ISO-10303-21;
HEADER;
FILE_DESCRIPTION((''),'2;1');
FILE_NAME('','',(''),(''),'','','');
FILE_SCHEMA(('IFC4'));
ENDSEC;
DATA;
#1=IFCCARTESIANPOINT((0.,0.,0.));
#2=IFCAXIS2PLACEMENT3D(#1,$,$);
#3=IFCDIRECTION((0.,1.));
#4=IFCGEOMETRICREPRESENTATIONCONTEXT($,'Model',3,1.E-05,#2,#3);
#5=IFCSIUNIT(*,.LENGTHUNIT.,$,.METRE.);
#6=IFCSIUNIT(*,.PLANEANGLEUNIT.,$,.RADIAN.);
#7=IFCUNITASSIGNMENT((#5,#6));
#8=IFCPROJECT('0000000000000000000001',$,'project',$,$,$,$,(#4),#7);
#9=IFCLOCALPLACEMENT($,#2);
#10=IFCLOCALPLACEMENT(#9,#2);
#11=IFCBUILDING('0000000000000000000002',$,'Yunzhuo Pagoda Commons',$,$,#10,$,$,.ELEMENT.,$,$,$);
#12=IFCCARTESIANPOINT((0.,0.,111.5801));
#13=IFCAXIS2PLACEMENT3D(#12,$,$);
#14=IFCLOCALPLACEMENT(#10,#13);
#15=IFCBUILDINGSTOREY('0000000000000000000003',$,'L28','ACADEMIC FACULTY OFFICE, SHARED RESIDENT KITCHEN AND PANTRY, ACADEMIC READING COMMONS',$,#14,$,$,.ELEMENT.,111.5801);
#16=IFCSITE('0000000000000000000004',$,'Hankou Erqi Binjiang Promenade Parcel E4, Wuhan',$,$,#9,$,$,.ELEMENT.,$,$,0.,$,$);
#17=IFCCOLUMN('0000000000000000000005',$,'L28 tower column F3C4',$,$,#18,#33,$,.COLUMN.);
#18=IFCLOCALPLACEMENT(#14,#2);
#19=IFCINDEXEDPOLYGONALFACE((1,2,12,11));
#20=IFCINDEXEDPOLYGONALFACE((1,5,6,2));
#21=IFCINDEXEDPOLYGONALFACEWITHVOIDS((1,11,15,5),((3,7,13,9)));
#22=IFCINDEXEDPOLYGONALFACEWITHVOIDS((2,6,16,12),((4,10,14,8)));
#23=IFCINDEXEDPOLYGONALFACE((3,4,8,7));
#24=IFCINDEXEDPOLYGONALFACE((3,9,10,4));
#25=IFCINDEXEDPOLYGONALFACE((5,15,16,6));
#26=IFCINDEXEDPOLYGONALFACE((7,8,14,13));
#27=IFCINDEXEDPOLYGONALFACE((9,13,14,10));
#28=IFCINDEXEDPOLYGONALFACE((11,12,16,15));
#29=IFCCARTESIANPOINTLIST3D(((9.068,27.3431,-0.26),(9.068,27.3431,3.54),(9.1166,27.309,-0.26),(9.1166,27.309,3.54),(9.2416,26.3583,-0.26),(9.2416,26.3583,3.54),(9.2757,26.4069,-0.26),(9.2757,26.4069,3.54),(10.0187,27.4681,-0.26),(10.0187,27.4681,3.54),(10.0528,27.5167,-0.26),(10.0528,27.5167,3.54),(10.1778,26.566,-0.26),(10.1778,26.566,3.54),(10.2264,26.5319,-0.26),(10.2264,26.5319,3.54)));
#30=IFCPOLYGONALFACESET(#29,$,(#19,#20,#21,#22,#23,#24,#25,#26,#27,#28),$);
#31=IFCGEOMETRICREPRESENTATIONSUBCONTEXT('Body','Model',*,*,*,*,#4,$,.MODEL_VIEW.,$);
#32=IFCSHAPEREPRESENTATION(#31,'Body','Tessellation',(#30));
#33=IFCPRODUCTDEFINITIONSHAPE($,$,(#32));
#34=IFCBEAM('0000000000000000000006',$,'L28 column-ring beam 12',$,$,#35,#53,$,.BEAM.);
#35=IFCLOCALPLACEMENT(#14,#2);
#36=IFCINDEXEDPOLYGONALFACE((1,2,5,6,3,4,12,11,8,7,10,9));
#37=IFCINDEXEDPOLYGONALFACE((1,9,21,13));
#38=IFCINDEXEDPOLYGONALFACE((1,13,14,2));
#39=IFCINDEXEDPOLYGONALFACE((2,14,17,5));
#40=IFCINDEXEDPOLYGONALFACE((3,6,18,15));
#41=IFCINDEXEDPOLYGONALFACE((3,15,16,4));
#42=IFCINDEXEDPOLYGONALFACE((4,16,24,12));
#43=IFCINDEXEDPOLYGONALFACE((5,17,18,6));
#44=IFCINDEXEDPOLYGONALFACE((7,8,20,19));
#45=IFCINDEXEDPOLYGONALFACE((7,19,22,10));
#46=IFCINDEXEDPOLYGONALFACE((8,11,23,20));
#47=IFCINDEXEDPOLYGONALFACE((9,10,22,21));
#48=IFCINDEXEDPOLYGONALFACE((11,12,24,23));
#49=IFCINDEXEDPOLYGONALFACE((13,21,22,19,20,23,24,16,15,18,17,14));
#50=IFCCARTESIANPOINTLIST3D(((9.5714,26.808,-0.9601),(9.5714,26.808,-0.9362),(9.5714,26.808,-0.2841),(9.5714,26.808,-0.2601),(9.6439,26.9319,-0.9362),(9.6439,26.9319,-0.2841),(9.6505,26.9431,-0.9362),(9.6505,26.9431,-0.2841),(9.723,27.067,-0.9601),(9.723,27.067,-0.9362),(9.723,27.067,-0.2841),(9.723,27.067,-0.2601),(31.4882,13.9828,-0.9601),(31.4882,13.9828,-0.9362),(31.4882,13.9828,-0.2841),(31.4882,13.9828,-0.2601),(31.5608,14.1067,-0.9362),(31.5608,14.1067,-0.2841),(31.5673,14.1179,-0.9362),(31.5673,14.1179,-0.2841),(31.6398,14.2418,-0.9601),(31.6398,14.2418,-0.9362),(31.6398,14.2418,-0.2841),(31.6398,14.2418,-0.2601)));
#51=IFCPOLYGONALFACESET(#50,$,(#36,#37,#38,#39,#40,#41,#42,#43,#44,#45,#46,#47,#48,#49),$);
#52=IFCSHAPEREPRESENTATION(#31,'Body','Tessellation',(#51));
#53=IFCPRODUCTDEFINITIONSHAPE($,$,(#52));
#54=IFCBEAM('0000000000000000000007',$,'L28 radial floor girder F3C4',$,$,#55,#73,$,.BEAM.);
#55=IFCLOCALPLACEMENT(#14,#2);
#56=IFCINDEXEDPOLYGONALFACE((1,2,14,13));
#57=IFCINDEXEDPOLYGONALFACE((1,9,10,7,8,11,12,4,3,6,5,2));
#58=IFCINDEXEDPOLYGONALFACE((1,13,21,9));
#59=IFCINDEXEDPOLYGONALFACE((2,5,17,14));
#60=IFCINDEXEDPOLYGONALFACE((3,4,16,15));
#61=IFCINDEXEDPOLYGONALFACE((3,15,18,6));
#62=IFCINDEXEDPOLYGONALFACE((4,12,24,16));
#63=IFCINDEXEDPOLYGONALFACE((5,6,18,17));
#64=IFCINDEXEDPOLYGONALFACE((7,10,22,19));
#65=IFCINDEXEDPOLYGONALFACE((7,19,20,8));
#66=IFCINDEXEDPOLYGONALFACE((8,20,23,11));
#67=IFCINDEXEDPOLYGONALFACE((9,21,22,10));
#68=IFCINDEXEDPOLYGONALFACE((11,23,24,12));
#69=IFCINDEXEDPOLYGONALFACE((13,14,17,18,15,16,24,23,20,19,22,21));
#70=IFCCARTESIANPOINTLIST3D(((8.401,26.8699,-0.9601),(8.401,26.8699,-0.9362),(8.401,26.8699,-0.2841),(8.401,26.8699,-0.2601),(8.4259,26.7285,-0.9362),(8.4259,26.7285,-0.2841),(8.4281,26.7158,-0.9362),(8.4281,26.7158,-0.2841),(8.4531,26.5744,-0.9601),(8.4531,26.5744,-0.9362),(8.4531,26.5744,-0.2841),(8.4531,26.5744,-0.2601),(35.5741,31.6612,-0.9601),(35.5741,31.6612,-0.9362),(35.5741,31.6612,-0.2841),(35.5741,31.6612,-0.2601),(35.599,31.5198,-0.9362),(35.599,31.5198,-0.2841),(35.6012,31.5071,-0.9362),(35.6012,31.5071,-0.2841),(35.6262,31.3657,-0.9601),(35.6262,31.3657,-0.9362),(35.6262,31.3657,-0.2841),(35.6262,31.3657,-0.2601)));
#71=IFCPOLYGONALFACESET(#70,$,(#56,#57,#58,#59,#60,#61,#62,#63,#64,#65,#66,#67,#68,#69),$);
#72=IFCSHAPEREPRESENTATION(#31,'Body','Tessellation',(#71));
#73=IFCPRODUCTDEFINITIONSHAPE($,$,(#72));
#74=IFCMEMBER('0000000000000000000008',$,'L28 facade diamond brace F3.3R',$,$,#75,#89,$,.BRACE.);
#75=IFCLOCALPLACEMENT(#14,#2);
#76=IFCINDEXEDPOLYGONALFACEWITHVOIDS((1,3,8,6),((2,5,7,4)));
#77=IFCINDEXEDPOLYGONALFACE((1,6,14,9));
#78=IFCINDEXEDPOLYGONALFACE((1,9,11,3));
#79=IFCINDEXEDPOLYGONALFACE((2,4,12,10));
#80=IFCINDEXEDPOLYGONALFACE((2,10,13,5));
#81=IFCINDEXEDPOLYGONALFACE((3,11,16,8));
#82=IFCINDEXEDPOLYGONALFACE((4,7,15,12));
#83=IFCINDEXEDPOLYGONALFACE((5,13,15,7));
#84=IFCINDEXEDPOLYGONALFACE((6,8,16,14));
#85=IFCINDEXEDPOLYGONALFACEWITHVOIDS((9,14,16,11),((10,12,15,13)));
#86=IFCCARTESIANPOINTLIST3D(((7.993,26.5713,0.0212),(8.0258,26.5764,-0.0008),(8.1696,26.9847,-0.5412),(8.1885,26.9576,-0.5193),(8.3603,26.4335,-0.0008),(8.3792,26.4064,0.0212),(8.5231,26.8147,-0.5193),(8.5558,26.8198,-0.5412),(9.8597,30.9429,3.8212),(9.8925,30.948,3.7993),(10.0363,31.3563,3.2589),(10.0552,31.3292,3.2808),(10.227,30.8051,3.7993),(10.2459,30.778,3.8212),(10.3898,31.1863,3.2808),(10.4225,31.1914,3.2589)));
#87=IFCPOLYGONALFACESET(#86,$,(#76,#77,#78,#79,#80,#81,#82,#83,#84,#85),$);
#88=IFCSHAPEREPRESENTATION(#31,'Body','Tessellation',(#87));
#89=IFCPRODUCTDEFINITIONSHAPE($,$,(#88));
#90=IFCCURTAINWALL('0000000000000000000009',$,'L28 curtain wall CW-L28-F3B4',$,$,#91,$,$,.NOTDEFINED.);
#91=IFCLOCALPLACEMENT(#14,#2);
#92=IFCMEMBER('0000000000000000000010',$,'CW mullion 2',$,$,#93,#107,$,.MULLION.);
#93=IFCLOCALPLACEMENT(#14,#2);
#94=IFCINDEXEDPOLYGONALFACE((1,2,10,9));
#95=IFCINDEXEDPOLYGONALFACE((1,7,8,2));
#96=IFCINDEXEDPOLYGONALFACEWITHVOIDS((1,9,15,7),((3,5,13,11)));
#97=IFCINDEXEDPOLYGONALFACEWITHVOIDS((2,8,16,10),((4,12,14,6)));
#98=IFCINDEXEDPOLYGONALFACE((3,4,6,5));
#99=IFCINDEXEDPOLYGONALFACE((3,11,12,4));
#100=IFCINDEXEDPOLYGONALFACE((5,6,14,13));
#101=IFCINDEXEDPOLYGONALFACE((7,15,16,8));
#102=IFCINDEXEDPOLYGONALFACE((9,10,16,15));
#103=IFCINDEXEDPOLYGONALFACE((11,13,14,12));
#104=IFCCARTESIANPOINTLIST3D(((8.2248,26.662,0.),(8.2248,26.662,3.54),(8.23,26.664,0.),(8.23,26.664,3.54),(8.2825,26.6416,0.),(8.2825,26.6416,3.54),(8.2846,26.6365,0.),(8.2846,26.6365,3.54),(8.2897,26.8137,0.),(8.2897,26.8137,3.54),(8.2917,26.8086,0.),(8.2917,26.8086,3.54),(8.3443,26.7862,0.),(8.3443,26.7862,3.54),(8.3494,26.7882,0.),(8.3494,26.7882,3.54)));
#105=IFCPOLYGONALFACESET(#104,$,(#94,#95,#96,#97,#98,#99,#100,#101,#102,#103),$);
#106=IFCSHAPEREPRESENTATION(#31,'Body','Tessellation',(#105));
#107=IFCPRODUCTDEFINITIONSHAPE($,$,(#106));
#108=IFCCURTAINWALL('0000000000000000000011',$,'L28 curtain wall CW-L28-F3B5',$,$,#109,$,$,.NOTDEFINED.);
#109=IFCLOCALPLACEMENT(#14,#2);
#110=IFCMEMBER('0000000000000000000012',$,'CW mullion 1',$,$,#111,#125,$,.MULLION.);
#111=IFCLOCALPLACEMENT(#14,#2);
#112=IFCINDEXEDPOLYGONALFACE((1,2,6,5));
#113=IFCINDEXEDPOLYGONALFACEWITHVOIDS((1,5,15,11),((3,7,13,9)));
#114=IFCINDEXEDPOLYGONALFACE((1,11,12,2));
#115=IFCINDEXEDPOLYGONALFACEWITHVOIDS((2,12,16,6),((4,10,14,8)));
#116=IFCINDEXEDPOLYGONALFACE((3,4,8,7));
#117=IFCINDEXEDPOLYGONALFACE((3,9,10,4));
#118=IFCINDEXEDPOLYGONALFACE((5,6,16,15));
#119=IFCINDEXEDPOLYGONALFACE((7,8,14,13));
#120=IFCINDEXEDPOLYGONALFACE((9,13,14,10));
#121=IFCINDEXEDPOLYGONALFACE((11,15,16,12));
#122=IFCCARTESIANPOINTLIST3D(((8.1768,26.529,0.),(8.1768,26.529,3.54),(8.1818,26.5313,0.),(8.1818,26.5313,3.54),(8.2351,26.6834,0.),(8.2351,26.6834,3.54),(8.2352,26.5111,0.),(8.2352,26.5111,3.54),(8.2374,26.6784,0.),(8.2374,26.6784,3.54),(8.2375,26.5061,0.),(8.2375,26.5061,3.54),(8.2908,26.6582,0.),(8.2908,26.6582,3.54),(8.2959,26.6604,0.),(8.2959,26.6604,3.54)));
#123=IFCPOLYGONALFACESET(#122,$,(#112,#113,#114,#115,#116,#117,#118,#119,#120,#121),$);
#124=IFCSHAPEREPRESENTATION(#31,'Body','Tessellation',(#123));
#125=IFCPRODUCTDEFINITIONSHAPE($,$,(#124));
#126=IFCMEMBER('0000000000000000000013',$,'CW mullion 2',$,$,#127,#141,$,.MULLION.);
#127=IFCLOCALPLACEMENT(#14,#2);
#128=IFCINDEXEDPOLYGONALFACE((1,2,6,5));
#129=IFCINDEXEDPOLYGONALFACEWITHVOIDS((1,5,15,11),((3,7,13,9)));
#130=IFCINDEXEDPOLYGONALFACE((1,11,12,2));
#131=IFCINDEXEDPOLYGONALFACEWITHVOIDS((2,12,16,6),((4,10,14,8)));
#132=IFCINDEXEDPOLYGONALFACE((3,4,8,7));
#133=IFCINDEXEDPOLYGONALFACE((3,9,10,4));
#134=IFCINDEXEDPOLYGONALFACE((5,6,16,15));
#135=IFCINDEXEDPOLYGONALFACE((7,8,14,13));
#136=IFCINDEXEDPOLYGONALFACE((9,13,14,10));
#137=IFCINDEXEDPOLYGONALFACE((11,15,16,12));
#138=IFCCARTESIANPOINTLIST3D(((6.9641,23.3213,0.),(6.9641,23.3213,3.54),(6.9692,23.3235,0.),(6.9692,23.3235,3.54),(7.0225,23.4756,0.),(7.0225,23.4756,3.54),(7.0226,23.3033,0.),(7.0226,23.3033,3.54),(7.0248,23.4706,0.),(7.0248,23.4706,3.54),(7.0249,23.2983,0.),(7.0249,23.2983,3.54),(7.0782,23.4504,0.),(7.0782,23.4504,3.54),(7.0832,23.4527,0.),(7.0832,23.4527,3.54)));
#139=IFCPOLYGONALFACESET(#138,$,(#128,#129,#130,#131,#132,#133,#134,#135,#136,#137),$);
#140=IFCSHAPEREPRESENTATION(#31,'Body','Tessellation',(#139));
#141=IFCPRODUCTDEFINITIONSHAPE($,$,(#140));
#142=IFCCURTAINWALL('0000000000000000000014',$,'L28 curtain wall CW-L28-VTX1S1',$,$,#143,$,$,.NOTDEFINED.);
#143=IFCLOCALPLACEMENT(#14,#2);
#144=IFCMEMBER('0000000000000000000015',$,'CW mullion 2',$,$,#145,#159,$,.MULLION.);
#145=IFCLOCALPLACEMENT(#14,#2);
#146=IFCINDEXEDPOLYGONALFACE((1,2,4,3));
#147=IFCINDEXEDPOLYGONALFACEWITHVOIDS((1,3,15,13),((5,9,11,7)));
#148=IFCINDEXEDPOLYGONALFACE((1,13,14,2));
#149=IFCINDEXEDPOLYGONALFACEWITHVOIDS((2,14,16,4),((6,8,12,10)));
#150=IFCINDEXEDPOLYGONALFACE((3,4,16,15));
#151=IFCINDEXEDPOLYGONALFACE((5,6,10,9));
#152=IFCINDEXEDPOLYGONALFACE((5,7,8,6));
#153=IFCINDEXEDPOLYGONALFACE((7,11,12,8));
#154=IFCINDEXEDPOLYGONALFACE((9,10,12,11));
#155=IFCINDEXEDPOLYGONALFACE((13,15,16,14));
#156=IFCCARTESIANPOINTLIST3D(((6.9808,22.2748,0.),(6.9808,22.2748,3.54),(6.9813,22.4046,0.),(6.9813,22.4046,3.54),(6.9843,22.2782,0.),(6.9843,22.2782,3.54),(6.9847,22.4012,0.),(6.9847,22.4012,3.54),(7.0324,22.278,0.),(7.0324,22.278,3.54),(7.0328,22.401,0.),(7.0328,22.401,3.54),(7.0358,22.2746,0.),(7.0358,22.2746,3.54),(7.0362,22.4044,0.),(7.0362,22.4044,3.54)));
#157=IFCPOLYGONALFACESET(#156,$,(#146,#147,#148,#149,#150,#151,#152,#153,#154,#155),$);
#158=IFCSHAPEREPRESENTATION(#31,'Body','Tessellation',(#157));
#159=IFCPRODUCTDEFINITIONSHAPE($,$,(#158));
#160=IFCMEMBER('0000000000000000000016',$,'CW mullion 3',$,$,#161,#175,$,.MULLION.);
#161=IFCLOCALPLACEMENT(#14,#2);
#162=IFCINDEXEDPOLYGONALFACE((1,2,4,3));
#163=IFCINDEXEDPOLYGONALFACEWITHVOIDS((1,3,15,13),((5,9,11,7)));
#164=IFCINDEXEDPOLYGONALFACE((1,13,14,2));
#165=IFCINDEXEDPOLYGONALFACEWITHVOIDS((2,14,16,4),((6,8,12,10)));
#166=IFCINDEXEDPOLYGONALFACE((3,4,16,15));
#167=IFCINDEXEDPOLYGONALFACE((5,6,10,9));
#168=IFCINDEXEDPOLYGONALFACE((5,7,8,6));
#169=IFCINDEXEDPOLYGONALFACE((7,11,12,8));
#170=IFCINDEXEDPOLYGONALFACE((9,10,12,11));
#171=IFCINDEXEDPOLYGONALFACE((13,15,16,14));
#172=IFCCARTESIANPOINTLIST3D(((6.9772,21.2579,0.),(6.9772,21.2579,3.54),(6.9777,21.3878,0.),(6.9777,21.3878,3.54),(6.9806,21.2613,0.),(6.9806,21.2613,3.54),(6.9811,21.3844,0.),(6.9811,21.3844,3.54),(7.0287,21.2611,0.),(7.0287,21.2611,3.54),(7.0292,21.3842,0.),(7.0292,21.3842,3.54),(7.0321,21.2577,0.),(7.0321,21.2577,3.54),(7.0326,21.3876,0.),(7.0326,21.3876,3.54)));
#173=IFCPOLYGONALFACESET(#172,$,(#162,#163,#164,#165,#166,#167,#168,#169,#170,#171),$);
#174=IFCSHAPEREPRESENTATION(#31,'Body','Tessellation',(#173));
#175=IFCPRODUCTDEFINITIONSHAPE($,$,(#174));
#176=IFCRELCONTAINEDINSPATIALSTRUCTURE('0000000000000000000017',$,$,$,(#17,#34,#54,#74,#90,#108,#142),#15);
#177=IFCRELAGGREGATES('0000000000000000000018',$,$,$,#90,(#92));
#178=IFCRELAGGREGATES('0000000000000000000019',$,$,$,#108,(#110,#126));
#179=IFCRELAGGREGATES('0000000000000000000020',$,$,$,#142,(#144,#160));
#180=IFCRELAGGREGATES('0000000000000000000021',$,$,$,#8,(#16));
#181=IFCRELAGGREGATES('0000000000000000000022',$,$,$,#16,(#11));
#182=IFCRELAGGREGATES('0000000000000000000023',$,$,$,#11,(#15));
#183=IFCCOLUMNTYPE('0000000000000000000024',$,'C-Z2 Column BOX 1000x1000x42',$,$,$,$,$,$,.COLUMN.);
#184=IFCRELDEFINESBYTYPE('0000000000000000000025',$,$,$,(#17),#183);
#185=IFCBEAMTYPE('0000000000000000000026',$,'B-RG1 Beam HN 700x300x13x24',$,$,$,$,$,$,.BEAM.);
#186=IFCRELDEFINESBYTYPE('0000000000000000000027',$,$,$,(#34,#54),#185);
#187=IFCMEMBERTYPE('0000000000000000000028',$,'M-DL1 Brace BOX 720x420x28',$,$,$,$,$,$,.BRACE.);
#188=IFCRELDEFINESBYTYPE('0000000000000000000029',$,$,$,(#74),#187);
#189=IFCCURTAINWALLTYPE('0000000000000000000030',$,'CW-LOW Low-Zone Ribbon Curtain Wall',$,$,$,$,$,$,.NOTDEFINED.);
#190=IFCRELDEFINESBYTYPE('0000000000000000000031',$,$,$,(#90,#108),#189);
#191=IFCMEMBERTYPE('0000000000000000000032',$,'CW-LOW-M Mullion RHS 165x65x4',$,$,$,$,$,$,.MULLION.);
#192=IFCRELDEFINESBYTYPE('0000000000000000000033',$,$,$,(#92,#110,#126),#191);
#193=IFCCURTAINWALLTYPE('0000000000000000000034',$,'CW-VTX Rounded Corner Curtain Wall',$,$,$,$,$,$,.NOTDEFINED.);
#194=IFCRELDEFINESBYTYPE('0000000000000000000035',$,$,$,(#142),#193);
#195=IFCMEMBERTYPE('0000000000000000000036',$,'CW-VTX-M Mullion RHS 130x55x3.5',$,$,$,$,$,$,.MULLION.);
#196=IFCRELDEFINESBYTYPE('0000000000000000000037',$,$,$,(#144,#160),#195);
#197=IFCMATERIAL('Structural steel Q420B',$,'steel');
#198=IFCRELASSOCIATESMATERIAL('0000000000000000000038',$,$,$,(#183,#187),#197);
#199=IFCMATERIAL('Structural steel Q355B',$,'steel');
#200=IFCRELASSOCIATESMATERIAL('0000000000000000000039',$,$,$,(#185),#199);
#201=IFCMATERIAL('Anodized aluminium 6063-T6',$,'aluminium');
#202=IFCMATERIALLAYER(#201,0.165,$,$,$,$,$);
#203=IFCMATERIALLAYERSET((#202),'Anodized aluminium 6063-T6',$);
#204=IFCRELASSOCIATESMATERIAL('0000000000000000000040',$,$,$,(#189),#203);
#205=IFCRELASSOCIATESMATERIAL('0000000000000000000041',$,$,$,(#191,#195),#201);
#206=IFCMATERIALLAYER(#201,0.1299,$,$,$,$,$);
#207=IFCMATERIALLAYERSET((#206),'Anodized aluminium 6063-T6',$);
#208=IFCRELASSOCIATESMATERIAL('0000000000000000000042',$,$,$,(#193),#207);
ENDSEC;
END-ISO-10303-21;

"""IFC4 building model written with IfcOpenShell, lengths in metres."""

from ifc_helpers import new_model, si_unit, direction, frame, origin, origin_2d, place, context, subcontext, project, spatial, hollow_rectangle, i_section, extrude, source, transform, mapped, material, layer, layer_set, material_profile, profile_set, type_object, element, aggregate, save


model = new_model("IFC4")

# Units and contexts
model_context = context("Model", 3, precision=1e-05, world=origin(), true_north=direction((0.0, 1.0)))
body_context = subcontext(model_context, "Body", "Model", "MODEL_VIEW")
ifc_project = project(units=[si_unit("LENGTHUNIT", "METRE"), si_unit("PLANEANGLEUNIT", "RADIAN")], contexts=[model_context])

# Site, building, storey
site_placement = place(None, origin())
site = spatial("IfcSite", under=ifc_project, at=site_placement, Name="Hankou Erqi Binjiang Promenade Parcel E4, Wuhan", CompositionType="ELEMENT", RefElevation=0.0)
building_placement = place(site_placement, origin())
building = spatial("IfcBuilding", under=site, at=building_placement, Name="Yunzhuo Pagoda Commons", CompositionType="ELEMENT")
storey_placement = place(building_placement, frame((0.0, 0.0, 111.5801)))
storey = spatial("IfcBuildingStorey", under=building, at=storey_placement, Name="L28", Description="ACADEMIC FACULTY OFFICE, SHARED RESIDENT KITCHEN AND PANTRY, ACADEMIC READING COMMONS", CompositionType="ELEMENT", Elevation=111.5801)

# Column
ifc_material_1 = material(Name="Structural steel Q420B", Category="steel")
ifc_material_profile_1 = material_profile(ifc_material_1, hollow_rectangle(XDim=1.0, YDim=1.0, WallThickness=0.042, at=origin_2d()), Name="Structural steel Q420B")
ifc_profile_set_1 = profile_set([ifc_material_profile_1], Name="Structural steel Q420B")
column_type = type_object("IfcColumnType", Name="C-Z2 Column BOX 1000x1000x42", PredefinedType="COLUMN", material=ifc_profile_set_1)
shared_shape_1 = source(origin(), body_context, "Body", "SweptSolid", [
    extrude(hollow_rectangle(XDim=1.0, YDim=1.0, WallThickness=0.042, at=origin_2d()), origin(), (0.0, 0.0, 1.0), 3.8),
])
column_placement = place(storey_placement, frame((9.6472, 26.9375, -0.26), z_axis=(0.0, 0.0, 1.0), x_axis=(0.173648, -0.984808, 0.0)))
element("IfcColumn", 1, at=column_placement, inside=storey, type_object=column_type, Name="L28 tower column F3C4", PredefinedType="COLUMN", context=body_context, shape_type="MappedRepresentation", body=[
    mapped(shared_shape_1, transform((0.0, 0.0, 0.0), scale=1.0)),
])

# Beams
ifc_material_2 = material(Name="Structural steel Q355B", Category="steel")
ifc_material_profile_2 = material_profile(ifc_material_2, i_section(OverallWidth=0.3, OverallDepth=0.7, WebThickness=0.0129, FlangeThickness=0.0239, at=origin_2d()), Name="Structural steel Q355B")
ifc_profile_set_2 = profile_set([ifc_material_profile_2], Name="Structural steel Q355B")
beam_type = type_object("IfcBeamType", Name="B-RG1 Beam HN 700x300x13x24", PredefinedType="BEAM", material=ifc_profile_set_2)
shared_shape_2 = source(origin(), body_context, "Body", "SweptSolid", [
    extrude(i_section(OverallWidth=0.3, OverallDepth=0.7, WebThickness=0.0129, FlangeThickness=0.0239, at=origin_2d()), origin(), (0.0, 0.0, 1.0), 25.3936),
])
beam_1_placement = place(storey_placement, frame((9.6472, 26.9375, -0.6101), z_axis=(0.863085, -0.505058, 0.0), x_axis=(0.505058, 0.863085, 0.0)))
element("IfcBeam", 2, at=beam_1_placement, inside=storey, type_object=beam_type, Name="L28 column-ring beam 12", PredefinedType="BEAM", context=body_context, shape_type="MappedRepresentation", body=[
    mapped(shared_shape_2, transform((0.0, 0.0, 0.0), scale=1.0)),
])
shared_shape_3 = source(origin(), body_context, "Body", "SweptSolid", [
    extrude(i_section(OverallWidth=0.3, OverallDepth=0.7, WebThickness=0.0129, FlangeThickness=0.0239, at=origin_2d()), origin(), (0.0, 0.0, 1.0), 27.5923),
])
beam_2_placement = place(storey_placement, frame((8.427, 26.7222, -0.6101), z_axis=(0.984808, 0.173645, 0.0), x_axis=(-0.173645, 0.984808, 0.0)))
element("IfcBeam", 3, at=beam_2_placement, inside=storey, type_object=beam_type, Name="L28 radial floor girder F3C4", PredefinedType="BEAM", context=body_context, shape_type="MappedRepresentation", body=[
    mapped(shared_shape_3, transform((0.0, 0.0, 0.0), scale=1.0)),
])

# Member
ifc_material_profile_3 = material_profile(ifc_material_1, hollow_rectangle(XDim=0.4199, YDim=0.72, WallThickness=0.0281, at=origin_2d()), Name="Structural steel Q420B")
ifc_profile_set_3 = profile_set([ifc_material_profile_3], Name="Structural steel Q420B")
member_type_1 = type_object("IfcMemberType", Name="M-DL1 Brace BOX 720x420x28", PredefinedType="BRACE", material=ifc_profile_set_3)
shared_shape_4 = source(origin(), body_context, "Body", "SweptSolid", [
    extrude(hollow_rectangle(XDim=0.4199, YDim=0.72, WallThickness=0.0281, at=origin_2d()), origin(), (0.0, 0.0, 1.0), 6.0857),
])
member_1_placement = place(storey_placement, frame((8.2744, 26.6956, -0.26), z_axis=(0.306736, 0.718338, 0.624423), x_axis=(-0.919665, 0.392704, 0.0)))
element("IfcMember", 4, at=member_1_placement, inside=storey, type_object=member_type_1, Name="L28 facade diamond brace F3.3R", PredefinedType="BRACE", context=body_context, shape_type="MappedRepresentation", body=[
    mapped(shared_shape_4, transform((0.0, 0.0, 0.0), scale=1.0)),
])

# Curtain wall, member
ifc_material_3 = material(Name="Anodized aluminium 6063-T6", Category="aluminium")
ifc_layer_1 = layer(ifc_material_3, 0.165)
ifc_layer_set_1 = layer_set([ifc_layer_1], Name="Anodized aluminium 6063-T6")
curtain_wall_type_1 = type_object("IfcCurtainWallType", Name="CW-LOW Low-Zone Ribbon Curtain Wall", PredefinedType="NOTDEFINED", material=ifc_layer_set_1)
curtain_wall_1_placement = place(storey_placement, origin())
curtain_wall_1 = element("IfcCurtainWall", 5, at=curtain_wall_1_placement, inside=storey, type_object=curtain_wall_type_1, Name="L28 curtain wall CW-L28-F3B4", PredefinedType="NOTDEFINED")
ifc_material_profile_4 = material_profile(ifc_material_3, hollow_rectangle(XDim=0.0649, YDim=0.165, WallThickness=0.0039, at=origin_2d()), Name="Anodized aluminium 6063-T6")
ifc_profile_set_4 = profile_set([ifc_material_profile_4], Name="Anodized aluminium 6063-T6")
member_type_2 = type_object("IfcMemberType", Name="CW-LOW-M Mullion RHS 165x65x4", PredefinedType="MULLION", material=ifc_profile_set_4)
shared_shape_5 = source(origin(), body_context, "Body", "SweptSolid", [
    extrude(hollow_rectangle(XDim=0.0649, YDim=0.165, WallThickness=0.0039, at=origin_2d()), origin(), (0.0, 0.0, 1.0), 3.54),
])
member_2_placement = place(storey_placement, frame((8.2871, 26.7251, 0.0), z_axis=(0.0, 0.0, 1.0), x_axis=(0.919649, -0.392742, 0.0)))
member_2 = element("IfcMember", 6, at=member_2_placement, type_object=member_type_2, Name="CW mullion 2", PredefinedType="MULLION", context=body_context, shape_type="MappedRepresentation", body=[
    mapped(shared_shape_5, transform((0.0, 0.0, 0.0), scale=1.0)),
])
aggregate(curtain_wall_1, [member_2])

# Curtain walls, members
curtain_wall_2_placement = place(storey_placement, origin())
curtain_wall_2 = element("IfcCurtainWall", 7, at=curtain_wall_2_placement, inside=storey, type_object=curtain_wall_type_1, Name="L28 curtain wall CW-L28-F3B5", PredefinedType="NOTDEFINED")
member_3_placement = place(storey_placement, frame((8.2363, 26.5947, 0.0), z_axis=(0.0, 0.0, 1.0), x_axis=(0.935397, -0.3536, 0.0)))
member_3 = element("IfcMember", 8, at=member_3_placement, type_object=member_type_2, Name="CW mullion 1", PredefinedType="MULLION", context=body_context, shape_type="MappedRepresentation", body=[
    mapped(shared_shape_5, transform((0.0, 0.0, 0.0), scale=1.0)),
])
member_4_placement = place(storey_placement, frame((7.0237, 23.387, 0.0), z_axis=(0.0, 0.0, 1.0), x_axis=(0.935397, -0.3536, 0.0)))
member_4 = element("IfcMember", 9, at=member_4_placement, type_object=member_type_2, Name="CW mullion 2", PredefinedType="MULLION", context=body_context, shape_type="MappedRepresentation", body=[
    mapped(shared_shape_5, transform((0.0, 0.0, 0.0), scale=1.0)),
])
ifc_layer_2 = layer(ifc_material_3, 0.1299)
ifc_layer_set_2 = layer_set([ifc_layer_2], Name="Anodized aluminium 6063-T6")
curtain_wall_type_2 = type_object("IfcCurtainWallType", Name="CW-VTX Rounded Corner Curtain Wall", PredefinedType="NOTDEFINED", material=ifc_layer_set_2)
curtain_wall_3_placement = place(storey_placement, origin())
curtain_wall_3 = element("IfcCurtainWall", 10, at=curtain_wall_3_placement, inside=storey, type_object=curtain_wall_type_2, Name="L28 curtain wall CW-L28-VTX1S1", PredefinedType="NOTDEFINED")
ifc_material_profile_5 = material_profile(ifc_material_3, hollow_rectangle(XDim=0.0549, YDim=0.1299, WallThickness=0.0034, at=origin_2d()), Name="Anodized aluminium 6063-T6")
ifc_profile_set_5 = profile_set([ifc_material_profile_5], Name="Anodized aluminium 6063-T6")
member_type_3 = type_object("IfcMemberType", Name="CW-VTX-M Mullion RHS 130x55x3.5", PredefinedType="MULLION", material=ifc_profile_set_5)
shared_shape_6 = source(origin(), body_context, "Body", "SweptSolid", [
    extrude(hollow_rectangle(XDim=0.0549, YDim=0.1299, WallThickness=0.0034, at=origin_2d()), origin(), (0.0, 0.0, 1.0), 3.54),
])
member_5_placement = place(storey_placement, frame((7.0085, 22.3396, 0.0), z_axis=(0.0, 0.0, 1.0), x_axis=(0.999994, -0.003599, 0.0)))
member_5 = element("IfcMember", 11, at=member_5_placement, type_object=member_type_3, Name="CW mullion 2", PredefinedType="MULLION", context=body_context, shape_type="MappedRepresentation", body=[
    mapped(shared_shape_6, transform((0.0, 0.0, 0.0), scale=1.0)),
])
member_6_placement = place(storey_placement, frame((7.0049, 21.3228, 0.0), z_axis=(0.0, 0.0, 1.0), x_axis=(0.999994, -0.003599, 0.0)))
member_6 = element("IfcMember", 12, at=member_6_placement, type_object=member_type_3, Name="CW mullion 3", PredefinedType="MULLION", context=body_context, shape_type="MappedRepresentation", body=[
    mapped(shared_shape_6, transform((0.0, 0.0, 0.0), scale=1.0)),
])

aggregate(curtain_wall_2, [member_3, member_4])
aggregate(curtain_wall_3, [member_5, member_6])

save(model, "model.ifc")
